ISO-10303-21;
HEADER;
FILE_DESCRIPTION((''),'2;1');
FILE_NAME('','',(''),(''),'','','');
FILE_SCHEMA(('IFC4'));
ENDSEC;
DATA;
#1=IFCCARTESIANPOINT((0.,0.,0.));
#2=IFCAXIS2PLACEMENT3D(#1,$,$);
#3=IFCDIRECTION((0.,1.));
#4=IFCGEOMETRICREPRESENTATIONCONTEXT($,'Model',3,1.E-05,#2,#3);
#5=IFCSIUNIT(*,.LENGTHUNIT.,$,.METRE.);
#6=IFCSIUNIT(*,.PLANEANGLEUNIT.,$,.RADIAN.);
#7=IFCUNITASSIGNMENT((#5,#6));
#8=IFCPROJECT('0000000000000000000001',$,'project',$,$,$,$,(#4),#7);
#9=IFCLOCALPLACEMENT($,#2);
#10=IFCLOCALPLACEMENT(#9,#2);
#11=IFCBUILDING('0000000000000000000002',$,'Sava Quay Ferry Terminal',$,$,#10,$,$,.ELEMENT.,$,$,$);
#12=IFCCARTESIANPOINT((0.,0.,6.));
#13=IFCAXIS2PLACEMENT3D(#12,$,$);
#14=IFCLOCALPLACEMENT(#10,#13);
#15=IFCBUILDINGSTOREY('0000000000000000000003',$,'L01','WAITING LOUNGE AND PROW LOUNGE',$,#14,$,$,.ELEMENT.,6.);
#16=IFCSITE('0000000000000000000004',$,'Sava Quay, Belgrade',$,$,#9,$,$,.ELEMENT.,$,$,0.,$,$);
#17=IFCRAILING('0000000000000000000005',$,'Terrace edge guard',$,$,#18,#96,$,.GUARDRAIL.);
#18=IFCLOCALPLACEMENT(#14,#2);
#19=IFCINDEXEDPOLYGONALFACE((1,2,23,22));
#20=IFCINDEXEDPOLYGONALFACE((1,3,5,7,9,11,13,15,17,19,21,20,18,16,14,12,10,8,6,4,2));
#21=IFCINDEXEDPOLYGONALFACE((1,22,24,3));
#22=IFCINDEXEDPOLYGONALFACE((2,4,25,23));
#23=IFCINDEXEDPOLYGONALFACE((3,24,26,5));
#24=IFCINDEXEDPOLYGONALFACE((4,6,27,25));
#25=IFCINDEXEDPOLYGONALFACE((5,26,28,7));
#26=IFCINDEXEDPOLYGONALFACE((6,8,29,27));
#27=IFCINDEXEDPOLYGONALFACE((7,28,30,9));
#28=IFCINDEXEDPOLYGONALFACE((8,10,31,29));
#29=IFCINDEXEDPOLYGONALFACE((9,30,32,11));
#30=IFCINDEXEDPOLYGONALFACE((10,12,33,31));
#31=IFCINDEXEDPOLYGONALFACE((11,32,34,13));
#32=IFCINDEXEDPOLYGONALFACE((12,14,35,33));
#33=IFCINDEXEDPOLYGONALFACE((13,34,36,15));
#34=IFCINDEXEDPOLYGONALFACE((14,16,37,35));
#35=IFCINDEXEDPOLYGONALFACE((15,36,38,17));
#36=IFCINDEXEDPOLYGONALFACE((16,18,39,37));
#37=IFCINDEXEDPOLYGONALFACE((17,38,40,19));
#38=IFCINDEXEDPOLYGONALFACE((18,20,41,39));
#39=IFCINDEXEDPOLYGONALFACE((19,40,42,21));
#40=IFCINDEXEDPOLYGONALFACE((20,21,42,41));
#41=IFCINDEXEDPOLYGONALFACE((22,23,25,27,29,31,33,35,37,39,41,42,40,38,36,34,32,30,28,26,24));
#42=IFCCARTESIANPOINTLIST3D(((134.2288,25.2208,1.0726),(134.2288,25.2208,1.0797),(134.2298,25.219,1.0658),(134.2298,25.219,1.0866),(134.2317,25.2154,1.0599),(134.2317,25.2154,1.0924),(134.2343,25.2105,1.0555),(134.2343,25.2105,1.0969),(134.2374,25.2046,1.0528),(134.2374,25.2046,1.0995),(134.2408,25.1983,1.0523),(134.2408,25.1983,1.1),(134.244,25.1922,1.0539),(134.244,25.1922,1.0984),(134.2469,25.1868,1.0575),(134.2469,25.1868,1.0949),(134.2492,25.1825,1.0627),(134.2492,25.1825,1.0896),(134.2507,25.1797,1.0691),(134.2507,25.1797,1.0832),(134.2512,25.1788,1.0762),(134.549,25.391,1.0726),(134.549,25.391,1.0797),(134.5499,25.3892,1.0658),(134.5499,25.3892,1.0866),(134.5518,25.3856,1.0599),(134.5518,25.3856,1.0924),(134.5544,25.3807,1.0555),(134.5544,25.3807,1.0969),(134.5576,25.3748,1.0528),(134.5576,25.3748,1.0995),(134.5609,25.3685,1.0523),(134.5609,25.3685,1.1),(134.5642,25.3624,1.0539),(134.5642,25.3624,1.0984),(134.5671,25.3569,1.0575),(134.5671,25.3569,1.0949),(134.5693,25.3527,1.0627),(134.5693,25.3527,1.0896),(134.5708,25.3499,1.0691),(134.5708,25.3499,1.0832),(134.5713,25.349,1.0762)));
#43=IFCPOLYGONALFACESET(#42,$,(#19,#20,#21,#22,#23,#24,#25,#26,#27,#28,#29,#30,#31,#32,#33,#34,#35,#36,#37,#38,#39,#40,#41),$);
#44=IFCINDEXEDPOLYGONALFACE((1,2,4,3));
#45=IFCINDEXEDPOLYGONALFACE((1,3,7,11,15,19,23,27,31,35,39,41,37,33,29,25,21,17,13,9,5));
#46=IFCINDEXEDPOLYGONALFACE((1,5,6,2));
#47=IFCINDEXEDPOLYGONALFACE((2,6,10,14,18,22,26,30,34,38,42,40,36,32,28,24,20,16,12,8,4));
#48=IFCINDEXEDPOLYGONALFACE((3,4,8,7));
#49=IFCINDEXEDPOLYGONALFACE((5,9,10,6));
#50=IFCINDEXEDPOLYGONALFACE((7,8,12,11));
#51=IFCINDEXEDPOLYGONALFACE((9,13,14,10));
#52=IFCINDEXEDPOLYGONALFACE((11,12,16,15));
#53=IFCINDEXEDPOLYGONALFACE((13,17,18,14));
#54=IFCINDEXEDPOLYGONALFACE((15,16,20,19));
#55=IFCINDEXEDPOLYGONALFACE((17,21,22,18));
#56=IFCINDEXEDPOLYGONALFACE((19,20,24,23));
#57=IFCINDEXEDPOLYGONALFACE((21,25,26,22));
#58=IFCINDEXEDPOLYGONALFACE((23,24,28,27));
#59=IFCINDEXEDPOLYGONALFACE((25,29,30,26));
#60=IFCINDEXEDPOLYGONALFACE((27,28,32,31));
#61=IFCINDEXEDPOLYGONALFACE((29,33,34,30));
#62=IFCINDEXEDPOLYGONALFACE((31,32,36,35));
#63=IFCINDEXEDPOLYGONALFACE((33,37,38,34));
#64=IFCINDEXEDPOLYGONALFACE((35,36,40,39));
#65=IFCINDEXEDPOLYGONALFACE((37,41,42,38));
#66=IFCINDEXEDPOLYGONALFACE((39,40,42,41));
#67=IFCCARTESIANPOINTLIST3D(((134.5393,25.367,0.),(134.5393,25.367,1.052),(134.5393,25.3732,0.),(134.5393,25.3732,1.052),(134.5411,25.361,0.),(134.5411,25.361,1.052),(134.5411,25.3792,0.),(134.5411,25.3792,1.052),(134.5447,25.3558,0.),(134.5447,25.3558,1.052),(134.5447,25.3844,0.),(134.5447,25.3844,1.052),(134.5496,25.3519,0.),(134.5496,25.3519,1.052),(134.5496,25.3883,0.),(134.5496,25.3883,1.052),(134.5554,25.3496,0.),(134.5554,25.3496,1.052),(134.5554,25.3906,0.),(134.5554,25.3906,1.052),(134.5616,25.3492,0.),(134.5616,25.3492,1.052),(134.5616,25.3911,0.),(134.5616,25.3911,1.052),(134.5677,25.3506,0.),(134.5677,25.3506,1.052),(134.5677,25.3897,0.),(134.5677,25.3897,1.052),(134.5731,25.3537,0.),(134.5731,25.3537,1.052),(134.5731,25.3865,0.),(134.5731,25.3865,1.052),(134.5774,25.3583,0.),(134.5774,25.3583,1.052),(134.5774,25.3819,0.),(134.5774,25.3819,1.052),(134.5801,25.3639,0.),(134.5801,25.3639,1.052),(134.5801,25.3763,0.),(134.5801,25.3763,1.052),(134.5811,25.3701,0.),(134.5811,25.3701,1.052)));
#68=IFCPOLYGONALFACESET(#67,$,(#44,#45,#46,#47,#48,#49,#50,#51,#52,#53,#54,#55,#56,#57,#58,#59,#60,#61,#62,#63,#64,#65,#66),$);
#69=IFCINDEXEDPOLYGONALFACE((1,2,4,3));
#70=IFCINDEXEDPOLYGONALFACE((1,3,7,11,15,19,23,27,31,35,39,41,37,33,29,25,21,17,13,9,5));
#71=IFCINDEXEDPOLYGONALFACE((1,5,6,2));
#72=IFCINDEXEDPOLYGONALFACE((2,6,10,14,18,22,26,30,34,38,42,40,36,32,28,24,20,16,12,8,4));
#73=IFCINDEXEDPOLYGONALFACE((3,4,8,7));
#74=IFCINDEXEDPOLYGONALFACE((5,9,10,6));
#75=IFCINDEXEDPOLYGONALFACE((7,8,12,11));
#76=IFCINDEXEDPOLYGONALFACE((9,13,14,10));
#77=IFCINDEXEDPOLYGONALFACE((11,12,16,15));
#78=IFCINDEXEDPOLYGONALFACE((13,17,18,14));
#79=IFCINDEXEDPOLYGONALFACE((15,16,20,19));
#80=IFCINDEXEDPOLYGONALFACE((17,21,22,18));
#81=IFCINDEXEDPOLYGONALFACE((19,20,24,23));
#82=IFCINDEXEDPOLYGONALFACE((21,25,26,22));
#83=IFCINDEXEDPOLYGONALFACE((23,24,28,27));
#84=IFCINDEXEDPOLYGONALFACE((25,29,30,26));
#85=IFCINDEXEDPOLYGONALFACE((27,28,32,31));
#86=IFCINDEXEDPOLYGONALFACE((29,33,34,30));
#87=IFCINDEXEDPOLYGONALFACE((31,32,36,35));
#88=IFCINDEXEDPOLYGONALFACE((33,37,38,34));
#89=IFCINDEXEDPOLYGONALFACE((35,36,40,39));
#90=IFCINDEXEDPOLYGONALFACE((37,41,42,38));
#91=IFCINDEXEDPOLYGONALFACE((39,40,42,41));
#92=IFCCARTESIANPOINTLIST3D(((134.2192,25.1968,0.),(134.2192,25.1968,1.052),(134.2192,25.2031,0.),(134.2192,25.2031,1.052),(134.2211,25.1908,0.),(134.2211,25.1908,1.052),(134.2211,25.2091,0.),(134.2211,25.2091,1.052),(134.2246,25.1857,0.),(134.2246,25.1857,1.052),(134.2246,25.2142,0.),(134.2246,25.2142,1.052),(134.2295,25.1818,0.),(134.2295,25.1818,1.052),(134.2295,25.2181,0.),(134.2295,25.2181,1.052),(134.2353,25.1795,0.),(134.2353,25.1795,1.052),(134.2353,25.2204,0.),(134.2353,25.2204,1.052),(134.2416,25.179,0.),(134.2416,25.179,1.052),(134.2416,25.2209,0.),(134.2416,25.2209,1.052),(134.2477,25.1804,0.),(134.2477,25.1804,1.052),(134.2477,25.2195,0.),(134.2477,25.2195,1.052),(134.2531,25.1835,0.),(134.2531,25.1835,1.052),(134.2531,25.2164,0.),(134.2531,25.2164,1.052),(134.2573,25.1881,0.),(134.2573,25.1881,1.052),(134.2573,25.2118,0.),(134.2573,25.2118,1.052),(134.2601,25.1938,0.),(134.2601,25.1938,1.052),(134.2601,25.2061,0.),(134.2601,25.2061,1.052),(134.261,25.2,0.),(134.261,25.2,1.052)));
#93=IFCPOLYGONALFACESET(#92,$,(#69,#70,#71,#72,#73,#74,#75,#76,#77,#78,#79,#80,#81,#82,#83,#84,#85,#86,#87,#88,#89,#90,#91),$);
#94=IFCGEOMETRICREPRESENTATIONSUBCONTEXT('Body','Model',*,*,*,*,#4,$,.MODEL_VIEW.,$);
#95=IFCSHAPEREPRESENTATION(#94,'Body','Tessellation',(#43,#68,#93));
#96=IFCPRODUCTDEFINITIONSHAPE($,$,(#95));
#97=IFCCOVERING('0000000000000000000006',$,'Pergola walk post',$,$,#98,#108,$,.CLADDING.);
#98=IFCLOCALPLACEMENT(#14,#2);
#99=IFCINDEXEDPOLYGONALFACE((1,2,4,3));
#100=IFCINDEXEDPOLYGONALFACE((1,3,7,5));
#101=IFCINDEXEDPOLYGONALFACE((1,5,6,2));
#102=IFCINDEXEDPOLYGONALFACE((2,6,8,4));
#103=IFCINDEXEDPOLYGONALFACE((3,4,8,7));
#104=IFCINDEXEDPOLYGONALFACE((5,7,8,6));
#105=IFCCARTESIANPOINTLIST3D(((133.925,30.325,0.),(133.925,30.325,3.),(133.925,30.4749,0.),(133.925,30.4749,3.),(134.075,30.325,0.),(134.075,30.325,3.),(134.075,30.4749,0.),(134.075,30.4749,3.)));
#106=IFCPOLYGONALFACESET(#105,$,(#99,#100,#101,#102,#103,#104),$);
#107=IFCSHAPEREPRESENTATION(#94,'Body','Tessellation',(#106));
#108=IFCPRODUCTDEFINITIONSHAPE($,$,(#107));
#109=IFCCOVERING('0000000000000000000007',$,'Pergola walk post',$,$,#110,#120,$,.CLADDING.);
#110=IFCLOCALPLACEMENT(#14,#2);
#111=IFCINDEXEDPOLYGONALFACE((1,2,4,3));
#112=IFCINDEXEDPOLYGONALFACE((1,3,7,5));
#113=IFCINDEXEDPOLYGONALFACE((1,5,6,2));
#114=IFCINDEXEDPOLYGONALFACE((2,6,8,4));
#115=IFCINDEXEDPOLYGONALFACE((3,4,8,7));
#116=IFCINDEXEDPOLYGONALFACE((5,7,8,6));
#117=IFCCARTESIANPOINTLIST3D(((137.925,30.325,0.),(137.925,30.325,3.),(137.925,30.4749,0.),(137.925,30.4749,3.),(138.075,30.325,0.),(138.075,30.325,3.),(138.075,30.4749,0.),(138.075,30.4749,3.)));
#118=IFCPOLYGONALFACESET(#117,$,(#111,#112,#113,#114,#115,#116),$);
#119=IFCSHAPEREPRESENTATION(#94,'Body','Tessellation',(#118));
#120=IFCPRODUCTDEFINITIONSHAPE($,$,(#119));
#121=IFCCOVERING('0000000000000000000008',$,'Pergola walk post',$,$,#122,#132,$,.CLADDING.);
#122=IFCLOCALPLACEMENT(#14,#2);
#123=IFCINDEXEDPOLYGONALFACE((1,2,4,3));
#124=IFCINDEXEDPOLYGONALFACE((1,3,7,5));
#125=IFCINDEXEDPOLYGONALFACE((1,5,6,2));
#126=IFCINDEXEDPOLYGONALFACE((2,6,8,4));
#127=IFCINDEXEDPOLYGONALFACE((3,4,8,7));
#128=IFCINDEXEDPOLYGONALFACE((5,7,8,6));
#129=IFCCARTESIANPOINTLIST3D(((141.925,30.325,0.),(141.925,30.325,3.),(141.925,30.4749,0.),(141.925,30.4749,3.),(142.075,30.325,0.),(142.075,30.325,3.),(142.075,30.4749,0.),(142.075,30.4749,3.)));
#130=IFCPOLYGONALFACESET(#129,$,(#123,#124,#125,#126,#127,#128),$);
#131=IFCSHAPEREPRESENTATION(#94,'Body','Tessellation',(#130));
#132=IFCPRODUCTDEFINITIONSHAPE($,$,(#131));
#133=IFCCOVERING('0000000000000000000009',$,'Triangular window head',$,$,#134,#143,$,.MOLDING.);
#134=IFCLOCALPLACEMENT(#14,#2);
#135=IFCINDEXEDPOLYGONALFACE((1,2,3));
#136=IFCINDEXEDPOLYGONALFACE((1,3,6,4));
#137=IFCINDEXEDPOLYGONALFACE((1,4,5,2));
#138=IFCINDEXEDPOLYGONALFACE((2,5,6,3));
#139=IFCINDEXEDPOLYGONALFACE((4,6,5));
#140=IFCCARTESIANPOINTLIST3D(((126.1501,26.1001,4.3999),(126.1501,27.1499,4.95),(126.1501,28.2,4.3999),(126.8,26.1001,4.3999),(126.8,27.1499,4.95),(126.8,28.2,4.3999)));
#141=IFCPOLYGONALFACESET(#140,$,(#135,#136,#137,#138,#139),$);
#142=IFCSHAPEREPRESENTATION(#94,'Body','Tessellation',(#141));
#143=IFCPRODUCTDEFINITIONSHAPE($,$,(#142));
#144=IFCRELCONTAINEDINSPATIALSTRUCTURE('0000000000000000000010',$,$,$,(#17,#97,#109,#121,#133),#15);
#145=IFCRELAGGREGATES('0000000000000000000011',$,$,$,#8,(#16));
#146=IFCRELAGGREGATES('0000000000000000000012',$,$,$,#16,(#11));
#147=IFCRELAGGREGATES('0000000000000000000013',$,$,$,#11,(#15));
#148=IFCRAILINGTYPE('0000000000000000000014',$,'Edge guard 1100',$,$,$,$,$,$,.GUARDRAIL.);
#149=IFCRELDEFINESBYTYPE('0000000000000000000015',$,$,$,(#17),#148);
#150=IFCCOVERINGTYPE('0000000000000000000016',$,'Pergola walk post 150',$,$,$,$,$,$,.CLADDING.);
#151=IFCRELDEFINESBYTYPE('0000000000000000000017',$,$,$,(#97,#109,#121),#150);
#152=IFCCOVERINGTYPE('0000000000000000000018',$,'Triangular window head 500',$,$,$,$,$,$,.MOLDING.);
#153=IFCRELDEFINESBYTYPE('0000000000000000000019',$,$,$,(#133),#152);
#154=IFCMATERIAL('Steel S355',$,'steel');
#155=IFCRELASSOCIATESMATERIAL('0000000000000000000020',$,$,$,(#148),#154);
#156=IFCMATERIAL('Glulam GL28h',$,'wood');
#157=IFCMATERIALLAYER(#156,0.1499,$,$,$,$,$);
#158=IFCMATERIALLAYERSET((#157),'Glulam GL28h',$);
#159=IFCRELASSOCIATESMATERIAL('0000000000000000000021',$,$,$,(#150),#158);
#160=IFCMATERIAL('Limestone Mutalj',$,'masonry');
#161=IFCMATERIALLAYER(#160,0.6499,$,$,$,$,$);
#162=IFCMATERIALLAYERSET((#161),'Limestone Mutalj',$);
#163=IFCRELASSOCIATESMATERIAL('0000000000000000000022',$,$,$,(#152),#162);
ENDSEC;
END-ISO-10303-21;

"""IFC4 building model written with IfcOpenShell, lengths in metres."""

from ifc_helpers import new_model, si_unit, direction, frame, origin, origin_2d, place, context, subcontext, project, spatial, polyline, rectangle, circle, outline, extrude, material, layer, layer_set, type_object, element, save


model = new_model("IFC4")

# Units and contexts
model_context = context("Model", 3, precision=1e-05, world=origin(), true_north=direction((0.0, 1.0)))
body_context = subcontext(model_context, "Body", "Model", "MODEL_VIEW")
ifc_project = project(units=[si_unit("LENGTHUNIT", "METRE"), si_unit("PLANEANGLEUNIT", "RADIAN")], contexts=[model_context])

# Site, building, storey
site_placement = place(None, origin())
site = spatial("IfcSite", under=ifc_project, at=site_placement, Name="Sava Quay, Belgrade", CompositionType="ELEMENT", RefElevation=0.0)
building_placement = place(site_placement, origin())
building = spatial("IfcBuilding", under=site, at=building_placement, Name="Sava Quay Ferry Terminal", CompositionType="ELEMENT")
storey_placement = place(building_placement, frame((0.0, 0.0, 6.0)))
storey = spatial("IfcBuildingStorey", under=building, at=storey_placement, Name="L01", Description="WAITING LOUNGE AND PROW LOUNGE", CompositionType="ELEMENT", Elevation=6.0)

# Railing
ifc_material_1 = material(Name="Steel S355", Category="steel")
railing_type = type_object("IfcRailingType", Name="Edge guard 1100", PredefinedType="GUARDRAIL", material=ifc_material_1)
railing_1_placement = place(storey_placement, frame((134.5601, 25.3701, 0.0)))
element("IfcRailing", 1, at=railing_1_placement, inside=storey, type_object=railing_type, Name="Terrace edge guard", PredefinedType="GUARDRAIL", context=body_context, shape_type="SweptSolid", body=[
    extrude(circle(Radius=0.0239, at=origin_2d()), frame((0.0, 0.0, 1.0762), z_axis=(-0.882967, -0.469434, 0.0), x_axis=(0.469434, -0.882967, 0.0)), (0.0, 0.0, 1.0), 0.3625),
    extrude(circle(Radius=0.021, at=origin_2d()), origin(), (0.0, 0.0, 1.0), 1.052),
    extrude(circle(Radius=0.021, at=origin_2d()), frame((-0.3201, -0.1702, 0.0)), (0.0, 0.0, 1.0), 1.052),
])

# Coverings
ifc_material_2 = material(Name="Glulam GL28h", Category="wood")
ifc_layer_1 = layer(ifc_material_2, 0.1499)
ifc_layer_set_1 = layer_set([ifc_layer_1], Name="Glulam GL28h")
covering_type_1 = type_object("IfcCoveringType", Name="Pergola walk post 150", PredefinedType="CLADDING", material=ifc_layer_set_1)
for number, where, z_axis, x_axis, name in (
    (2, (134.0, 30.3999, 0.0), (0.0, 0.0, 1.0), (1.0, 0.0, 0.0), "Pergola walk post"),
    (3, (138.0, 30.3999, 0.0), (0.0, 0.0, 1.0), (1.0, 0.0, 0.0), "Pergola walk post"),
    (4, (142.0, 30.3999, 0.0), (0.0, 0.0, 1.0), (1.0, 0.0, 0.0), "Pergola walk post"),
):
    element("IfcCovering", number, at=place(storey_placement, frame(where, z_axis=z_axis, x_axis=x_axis)), inside=storey, type_object=covering_type_1, Name=name, PredefinedType="CLADDING", context=body_context, shape_type="SweptSolid", body=[
        extrude(rectangle(XDim=0.1499, YDim=0.1499, at=origin_2d()), origin(), (0.0, 0.0, 1.0), 3.0),
    ])
ifc_material_3 = material(Name="Limestone Mutalj", Category="masonry")
ifc_layer_2 = layer(ifc_material_3, 0.6499)
ifc_layer_set_2 = layer_set([ifc_layer_2], Name="Limestone Mutalj")
covering_type_2 = type_object("IfcCoveringType", Name="Triangular window head 500", PredefinedType="MOLDING", material=ifc_layer_set_2)
covering_placement = place(storey_placement, frame((126.8, 26.1001, 4.3999), z_axis=(1.0, 0.0, 0.0), x_axis=(0.0, 1.0, 0.0)))
element("IfcCovering", 5, at=covering_placement, inside=storey, type_object=covering_type_2, Name="Triangular window head", PredefinedType="MOLDING", context=body_context, shape_type="SweptSolid", body=[
    extrude(outline(polyline([(0.0, 0.0), (2.0999, 0.0), (1.0498, 0.55), (0.0, 0.0)])), origin(), (0.0, 0.0, -1.0), 0.6499),
])

save(model, "model.ifc")
